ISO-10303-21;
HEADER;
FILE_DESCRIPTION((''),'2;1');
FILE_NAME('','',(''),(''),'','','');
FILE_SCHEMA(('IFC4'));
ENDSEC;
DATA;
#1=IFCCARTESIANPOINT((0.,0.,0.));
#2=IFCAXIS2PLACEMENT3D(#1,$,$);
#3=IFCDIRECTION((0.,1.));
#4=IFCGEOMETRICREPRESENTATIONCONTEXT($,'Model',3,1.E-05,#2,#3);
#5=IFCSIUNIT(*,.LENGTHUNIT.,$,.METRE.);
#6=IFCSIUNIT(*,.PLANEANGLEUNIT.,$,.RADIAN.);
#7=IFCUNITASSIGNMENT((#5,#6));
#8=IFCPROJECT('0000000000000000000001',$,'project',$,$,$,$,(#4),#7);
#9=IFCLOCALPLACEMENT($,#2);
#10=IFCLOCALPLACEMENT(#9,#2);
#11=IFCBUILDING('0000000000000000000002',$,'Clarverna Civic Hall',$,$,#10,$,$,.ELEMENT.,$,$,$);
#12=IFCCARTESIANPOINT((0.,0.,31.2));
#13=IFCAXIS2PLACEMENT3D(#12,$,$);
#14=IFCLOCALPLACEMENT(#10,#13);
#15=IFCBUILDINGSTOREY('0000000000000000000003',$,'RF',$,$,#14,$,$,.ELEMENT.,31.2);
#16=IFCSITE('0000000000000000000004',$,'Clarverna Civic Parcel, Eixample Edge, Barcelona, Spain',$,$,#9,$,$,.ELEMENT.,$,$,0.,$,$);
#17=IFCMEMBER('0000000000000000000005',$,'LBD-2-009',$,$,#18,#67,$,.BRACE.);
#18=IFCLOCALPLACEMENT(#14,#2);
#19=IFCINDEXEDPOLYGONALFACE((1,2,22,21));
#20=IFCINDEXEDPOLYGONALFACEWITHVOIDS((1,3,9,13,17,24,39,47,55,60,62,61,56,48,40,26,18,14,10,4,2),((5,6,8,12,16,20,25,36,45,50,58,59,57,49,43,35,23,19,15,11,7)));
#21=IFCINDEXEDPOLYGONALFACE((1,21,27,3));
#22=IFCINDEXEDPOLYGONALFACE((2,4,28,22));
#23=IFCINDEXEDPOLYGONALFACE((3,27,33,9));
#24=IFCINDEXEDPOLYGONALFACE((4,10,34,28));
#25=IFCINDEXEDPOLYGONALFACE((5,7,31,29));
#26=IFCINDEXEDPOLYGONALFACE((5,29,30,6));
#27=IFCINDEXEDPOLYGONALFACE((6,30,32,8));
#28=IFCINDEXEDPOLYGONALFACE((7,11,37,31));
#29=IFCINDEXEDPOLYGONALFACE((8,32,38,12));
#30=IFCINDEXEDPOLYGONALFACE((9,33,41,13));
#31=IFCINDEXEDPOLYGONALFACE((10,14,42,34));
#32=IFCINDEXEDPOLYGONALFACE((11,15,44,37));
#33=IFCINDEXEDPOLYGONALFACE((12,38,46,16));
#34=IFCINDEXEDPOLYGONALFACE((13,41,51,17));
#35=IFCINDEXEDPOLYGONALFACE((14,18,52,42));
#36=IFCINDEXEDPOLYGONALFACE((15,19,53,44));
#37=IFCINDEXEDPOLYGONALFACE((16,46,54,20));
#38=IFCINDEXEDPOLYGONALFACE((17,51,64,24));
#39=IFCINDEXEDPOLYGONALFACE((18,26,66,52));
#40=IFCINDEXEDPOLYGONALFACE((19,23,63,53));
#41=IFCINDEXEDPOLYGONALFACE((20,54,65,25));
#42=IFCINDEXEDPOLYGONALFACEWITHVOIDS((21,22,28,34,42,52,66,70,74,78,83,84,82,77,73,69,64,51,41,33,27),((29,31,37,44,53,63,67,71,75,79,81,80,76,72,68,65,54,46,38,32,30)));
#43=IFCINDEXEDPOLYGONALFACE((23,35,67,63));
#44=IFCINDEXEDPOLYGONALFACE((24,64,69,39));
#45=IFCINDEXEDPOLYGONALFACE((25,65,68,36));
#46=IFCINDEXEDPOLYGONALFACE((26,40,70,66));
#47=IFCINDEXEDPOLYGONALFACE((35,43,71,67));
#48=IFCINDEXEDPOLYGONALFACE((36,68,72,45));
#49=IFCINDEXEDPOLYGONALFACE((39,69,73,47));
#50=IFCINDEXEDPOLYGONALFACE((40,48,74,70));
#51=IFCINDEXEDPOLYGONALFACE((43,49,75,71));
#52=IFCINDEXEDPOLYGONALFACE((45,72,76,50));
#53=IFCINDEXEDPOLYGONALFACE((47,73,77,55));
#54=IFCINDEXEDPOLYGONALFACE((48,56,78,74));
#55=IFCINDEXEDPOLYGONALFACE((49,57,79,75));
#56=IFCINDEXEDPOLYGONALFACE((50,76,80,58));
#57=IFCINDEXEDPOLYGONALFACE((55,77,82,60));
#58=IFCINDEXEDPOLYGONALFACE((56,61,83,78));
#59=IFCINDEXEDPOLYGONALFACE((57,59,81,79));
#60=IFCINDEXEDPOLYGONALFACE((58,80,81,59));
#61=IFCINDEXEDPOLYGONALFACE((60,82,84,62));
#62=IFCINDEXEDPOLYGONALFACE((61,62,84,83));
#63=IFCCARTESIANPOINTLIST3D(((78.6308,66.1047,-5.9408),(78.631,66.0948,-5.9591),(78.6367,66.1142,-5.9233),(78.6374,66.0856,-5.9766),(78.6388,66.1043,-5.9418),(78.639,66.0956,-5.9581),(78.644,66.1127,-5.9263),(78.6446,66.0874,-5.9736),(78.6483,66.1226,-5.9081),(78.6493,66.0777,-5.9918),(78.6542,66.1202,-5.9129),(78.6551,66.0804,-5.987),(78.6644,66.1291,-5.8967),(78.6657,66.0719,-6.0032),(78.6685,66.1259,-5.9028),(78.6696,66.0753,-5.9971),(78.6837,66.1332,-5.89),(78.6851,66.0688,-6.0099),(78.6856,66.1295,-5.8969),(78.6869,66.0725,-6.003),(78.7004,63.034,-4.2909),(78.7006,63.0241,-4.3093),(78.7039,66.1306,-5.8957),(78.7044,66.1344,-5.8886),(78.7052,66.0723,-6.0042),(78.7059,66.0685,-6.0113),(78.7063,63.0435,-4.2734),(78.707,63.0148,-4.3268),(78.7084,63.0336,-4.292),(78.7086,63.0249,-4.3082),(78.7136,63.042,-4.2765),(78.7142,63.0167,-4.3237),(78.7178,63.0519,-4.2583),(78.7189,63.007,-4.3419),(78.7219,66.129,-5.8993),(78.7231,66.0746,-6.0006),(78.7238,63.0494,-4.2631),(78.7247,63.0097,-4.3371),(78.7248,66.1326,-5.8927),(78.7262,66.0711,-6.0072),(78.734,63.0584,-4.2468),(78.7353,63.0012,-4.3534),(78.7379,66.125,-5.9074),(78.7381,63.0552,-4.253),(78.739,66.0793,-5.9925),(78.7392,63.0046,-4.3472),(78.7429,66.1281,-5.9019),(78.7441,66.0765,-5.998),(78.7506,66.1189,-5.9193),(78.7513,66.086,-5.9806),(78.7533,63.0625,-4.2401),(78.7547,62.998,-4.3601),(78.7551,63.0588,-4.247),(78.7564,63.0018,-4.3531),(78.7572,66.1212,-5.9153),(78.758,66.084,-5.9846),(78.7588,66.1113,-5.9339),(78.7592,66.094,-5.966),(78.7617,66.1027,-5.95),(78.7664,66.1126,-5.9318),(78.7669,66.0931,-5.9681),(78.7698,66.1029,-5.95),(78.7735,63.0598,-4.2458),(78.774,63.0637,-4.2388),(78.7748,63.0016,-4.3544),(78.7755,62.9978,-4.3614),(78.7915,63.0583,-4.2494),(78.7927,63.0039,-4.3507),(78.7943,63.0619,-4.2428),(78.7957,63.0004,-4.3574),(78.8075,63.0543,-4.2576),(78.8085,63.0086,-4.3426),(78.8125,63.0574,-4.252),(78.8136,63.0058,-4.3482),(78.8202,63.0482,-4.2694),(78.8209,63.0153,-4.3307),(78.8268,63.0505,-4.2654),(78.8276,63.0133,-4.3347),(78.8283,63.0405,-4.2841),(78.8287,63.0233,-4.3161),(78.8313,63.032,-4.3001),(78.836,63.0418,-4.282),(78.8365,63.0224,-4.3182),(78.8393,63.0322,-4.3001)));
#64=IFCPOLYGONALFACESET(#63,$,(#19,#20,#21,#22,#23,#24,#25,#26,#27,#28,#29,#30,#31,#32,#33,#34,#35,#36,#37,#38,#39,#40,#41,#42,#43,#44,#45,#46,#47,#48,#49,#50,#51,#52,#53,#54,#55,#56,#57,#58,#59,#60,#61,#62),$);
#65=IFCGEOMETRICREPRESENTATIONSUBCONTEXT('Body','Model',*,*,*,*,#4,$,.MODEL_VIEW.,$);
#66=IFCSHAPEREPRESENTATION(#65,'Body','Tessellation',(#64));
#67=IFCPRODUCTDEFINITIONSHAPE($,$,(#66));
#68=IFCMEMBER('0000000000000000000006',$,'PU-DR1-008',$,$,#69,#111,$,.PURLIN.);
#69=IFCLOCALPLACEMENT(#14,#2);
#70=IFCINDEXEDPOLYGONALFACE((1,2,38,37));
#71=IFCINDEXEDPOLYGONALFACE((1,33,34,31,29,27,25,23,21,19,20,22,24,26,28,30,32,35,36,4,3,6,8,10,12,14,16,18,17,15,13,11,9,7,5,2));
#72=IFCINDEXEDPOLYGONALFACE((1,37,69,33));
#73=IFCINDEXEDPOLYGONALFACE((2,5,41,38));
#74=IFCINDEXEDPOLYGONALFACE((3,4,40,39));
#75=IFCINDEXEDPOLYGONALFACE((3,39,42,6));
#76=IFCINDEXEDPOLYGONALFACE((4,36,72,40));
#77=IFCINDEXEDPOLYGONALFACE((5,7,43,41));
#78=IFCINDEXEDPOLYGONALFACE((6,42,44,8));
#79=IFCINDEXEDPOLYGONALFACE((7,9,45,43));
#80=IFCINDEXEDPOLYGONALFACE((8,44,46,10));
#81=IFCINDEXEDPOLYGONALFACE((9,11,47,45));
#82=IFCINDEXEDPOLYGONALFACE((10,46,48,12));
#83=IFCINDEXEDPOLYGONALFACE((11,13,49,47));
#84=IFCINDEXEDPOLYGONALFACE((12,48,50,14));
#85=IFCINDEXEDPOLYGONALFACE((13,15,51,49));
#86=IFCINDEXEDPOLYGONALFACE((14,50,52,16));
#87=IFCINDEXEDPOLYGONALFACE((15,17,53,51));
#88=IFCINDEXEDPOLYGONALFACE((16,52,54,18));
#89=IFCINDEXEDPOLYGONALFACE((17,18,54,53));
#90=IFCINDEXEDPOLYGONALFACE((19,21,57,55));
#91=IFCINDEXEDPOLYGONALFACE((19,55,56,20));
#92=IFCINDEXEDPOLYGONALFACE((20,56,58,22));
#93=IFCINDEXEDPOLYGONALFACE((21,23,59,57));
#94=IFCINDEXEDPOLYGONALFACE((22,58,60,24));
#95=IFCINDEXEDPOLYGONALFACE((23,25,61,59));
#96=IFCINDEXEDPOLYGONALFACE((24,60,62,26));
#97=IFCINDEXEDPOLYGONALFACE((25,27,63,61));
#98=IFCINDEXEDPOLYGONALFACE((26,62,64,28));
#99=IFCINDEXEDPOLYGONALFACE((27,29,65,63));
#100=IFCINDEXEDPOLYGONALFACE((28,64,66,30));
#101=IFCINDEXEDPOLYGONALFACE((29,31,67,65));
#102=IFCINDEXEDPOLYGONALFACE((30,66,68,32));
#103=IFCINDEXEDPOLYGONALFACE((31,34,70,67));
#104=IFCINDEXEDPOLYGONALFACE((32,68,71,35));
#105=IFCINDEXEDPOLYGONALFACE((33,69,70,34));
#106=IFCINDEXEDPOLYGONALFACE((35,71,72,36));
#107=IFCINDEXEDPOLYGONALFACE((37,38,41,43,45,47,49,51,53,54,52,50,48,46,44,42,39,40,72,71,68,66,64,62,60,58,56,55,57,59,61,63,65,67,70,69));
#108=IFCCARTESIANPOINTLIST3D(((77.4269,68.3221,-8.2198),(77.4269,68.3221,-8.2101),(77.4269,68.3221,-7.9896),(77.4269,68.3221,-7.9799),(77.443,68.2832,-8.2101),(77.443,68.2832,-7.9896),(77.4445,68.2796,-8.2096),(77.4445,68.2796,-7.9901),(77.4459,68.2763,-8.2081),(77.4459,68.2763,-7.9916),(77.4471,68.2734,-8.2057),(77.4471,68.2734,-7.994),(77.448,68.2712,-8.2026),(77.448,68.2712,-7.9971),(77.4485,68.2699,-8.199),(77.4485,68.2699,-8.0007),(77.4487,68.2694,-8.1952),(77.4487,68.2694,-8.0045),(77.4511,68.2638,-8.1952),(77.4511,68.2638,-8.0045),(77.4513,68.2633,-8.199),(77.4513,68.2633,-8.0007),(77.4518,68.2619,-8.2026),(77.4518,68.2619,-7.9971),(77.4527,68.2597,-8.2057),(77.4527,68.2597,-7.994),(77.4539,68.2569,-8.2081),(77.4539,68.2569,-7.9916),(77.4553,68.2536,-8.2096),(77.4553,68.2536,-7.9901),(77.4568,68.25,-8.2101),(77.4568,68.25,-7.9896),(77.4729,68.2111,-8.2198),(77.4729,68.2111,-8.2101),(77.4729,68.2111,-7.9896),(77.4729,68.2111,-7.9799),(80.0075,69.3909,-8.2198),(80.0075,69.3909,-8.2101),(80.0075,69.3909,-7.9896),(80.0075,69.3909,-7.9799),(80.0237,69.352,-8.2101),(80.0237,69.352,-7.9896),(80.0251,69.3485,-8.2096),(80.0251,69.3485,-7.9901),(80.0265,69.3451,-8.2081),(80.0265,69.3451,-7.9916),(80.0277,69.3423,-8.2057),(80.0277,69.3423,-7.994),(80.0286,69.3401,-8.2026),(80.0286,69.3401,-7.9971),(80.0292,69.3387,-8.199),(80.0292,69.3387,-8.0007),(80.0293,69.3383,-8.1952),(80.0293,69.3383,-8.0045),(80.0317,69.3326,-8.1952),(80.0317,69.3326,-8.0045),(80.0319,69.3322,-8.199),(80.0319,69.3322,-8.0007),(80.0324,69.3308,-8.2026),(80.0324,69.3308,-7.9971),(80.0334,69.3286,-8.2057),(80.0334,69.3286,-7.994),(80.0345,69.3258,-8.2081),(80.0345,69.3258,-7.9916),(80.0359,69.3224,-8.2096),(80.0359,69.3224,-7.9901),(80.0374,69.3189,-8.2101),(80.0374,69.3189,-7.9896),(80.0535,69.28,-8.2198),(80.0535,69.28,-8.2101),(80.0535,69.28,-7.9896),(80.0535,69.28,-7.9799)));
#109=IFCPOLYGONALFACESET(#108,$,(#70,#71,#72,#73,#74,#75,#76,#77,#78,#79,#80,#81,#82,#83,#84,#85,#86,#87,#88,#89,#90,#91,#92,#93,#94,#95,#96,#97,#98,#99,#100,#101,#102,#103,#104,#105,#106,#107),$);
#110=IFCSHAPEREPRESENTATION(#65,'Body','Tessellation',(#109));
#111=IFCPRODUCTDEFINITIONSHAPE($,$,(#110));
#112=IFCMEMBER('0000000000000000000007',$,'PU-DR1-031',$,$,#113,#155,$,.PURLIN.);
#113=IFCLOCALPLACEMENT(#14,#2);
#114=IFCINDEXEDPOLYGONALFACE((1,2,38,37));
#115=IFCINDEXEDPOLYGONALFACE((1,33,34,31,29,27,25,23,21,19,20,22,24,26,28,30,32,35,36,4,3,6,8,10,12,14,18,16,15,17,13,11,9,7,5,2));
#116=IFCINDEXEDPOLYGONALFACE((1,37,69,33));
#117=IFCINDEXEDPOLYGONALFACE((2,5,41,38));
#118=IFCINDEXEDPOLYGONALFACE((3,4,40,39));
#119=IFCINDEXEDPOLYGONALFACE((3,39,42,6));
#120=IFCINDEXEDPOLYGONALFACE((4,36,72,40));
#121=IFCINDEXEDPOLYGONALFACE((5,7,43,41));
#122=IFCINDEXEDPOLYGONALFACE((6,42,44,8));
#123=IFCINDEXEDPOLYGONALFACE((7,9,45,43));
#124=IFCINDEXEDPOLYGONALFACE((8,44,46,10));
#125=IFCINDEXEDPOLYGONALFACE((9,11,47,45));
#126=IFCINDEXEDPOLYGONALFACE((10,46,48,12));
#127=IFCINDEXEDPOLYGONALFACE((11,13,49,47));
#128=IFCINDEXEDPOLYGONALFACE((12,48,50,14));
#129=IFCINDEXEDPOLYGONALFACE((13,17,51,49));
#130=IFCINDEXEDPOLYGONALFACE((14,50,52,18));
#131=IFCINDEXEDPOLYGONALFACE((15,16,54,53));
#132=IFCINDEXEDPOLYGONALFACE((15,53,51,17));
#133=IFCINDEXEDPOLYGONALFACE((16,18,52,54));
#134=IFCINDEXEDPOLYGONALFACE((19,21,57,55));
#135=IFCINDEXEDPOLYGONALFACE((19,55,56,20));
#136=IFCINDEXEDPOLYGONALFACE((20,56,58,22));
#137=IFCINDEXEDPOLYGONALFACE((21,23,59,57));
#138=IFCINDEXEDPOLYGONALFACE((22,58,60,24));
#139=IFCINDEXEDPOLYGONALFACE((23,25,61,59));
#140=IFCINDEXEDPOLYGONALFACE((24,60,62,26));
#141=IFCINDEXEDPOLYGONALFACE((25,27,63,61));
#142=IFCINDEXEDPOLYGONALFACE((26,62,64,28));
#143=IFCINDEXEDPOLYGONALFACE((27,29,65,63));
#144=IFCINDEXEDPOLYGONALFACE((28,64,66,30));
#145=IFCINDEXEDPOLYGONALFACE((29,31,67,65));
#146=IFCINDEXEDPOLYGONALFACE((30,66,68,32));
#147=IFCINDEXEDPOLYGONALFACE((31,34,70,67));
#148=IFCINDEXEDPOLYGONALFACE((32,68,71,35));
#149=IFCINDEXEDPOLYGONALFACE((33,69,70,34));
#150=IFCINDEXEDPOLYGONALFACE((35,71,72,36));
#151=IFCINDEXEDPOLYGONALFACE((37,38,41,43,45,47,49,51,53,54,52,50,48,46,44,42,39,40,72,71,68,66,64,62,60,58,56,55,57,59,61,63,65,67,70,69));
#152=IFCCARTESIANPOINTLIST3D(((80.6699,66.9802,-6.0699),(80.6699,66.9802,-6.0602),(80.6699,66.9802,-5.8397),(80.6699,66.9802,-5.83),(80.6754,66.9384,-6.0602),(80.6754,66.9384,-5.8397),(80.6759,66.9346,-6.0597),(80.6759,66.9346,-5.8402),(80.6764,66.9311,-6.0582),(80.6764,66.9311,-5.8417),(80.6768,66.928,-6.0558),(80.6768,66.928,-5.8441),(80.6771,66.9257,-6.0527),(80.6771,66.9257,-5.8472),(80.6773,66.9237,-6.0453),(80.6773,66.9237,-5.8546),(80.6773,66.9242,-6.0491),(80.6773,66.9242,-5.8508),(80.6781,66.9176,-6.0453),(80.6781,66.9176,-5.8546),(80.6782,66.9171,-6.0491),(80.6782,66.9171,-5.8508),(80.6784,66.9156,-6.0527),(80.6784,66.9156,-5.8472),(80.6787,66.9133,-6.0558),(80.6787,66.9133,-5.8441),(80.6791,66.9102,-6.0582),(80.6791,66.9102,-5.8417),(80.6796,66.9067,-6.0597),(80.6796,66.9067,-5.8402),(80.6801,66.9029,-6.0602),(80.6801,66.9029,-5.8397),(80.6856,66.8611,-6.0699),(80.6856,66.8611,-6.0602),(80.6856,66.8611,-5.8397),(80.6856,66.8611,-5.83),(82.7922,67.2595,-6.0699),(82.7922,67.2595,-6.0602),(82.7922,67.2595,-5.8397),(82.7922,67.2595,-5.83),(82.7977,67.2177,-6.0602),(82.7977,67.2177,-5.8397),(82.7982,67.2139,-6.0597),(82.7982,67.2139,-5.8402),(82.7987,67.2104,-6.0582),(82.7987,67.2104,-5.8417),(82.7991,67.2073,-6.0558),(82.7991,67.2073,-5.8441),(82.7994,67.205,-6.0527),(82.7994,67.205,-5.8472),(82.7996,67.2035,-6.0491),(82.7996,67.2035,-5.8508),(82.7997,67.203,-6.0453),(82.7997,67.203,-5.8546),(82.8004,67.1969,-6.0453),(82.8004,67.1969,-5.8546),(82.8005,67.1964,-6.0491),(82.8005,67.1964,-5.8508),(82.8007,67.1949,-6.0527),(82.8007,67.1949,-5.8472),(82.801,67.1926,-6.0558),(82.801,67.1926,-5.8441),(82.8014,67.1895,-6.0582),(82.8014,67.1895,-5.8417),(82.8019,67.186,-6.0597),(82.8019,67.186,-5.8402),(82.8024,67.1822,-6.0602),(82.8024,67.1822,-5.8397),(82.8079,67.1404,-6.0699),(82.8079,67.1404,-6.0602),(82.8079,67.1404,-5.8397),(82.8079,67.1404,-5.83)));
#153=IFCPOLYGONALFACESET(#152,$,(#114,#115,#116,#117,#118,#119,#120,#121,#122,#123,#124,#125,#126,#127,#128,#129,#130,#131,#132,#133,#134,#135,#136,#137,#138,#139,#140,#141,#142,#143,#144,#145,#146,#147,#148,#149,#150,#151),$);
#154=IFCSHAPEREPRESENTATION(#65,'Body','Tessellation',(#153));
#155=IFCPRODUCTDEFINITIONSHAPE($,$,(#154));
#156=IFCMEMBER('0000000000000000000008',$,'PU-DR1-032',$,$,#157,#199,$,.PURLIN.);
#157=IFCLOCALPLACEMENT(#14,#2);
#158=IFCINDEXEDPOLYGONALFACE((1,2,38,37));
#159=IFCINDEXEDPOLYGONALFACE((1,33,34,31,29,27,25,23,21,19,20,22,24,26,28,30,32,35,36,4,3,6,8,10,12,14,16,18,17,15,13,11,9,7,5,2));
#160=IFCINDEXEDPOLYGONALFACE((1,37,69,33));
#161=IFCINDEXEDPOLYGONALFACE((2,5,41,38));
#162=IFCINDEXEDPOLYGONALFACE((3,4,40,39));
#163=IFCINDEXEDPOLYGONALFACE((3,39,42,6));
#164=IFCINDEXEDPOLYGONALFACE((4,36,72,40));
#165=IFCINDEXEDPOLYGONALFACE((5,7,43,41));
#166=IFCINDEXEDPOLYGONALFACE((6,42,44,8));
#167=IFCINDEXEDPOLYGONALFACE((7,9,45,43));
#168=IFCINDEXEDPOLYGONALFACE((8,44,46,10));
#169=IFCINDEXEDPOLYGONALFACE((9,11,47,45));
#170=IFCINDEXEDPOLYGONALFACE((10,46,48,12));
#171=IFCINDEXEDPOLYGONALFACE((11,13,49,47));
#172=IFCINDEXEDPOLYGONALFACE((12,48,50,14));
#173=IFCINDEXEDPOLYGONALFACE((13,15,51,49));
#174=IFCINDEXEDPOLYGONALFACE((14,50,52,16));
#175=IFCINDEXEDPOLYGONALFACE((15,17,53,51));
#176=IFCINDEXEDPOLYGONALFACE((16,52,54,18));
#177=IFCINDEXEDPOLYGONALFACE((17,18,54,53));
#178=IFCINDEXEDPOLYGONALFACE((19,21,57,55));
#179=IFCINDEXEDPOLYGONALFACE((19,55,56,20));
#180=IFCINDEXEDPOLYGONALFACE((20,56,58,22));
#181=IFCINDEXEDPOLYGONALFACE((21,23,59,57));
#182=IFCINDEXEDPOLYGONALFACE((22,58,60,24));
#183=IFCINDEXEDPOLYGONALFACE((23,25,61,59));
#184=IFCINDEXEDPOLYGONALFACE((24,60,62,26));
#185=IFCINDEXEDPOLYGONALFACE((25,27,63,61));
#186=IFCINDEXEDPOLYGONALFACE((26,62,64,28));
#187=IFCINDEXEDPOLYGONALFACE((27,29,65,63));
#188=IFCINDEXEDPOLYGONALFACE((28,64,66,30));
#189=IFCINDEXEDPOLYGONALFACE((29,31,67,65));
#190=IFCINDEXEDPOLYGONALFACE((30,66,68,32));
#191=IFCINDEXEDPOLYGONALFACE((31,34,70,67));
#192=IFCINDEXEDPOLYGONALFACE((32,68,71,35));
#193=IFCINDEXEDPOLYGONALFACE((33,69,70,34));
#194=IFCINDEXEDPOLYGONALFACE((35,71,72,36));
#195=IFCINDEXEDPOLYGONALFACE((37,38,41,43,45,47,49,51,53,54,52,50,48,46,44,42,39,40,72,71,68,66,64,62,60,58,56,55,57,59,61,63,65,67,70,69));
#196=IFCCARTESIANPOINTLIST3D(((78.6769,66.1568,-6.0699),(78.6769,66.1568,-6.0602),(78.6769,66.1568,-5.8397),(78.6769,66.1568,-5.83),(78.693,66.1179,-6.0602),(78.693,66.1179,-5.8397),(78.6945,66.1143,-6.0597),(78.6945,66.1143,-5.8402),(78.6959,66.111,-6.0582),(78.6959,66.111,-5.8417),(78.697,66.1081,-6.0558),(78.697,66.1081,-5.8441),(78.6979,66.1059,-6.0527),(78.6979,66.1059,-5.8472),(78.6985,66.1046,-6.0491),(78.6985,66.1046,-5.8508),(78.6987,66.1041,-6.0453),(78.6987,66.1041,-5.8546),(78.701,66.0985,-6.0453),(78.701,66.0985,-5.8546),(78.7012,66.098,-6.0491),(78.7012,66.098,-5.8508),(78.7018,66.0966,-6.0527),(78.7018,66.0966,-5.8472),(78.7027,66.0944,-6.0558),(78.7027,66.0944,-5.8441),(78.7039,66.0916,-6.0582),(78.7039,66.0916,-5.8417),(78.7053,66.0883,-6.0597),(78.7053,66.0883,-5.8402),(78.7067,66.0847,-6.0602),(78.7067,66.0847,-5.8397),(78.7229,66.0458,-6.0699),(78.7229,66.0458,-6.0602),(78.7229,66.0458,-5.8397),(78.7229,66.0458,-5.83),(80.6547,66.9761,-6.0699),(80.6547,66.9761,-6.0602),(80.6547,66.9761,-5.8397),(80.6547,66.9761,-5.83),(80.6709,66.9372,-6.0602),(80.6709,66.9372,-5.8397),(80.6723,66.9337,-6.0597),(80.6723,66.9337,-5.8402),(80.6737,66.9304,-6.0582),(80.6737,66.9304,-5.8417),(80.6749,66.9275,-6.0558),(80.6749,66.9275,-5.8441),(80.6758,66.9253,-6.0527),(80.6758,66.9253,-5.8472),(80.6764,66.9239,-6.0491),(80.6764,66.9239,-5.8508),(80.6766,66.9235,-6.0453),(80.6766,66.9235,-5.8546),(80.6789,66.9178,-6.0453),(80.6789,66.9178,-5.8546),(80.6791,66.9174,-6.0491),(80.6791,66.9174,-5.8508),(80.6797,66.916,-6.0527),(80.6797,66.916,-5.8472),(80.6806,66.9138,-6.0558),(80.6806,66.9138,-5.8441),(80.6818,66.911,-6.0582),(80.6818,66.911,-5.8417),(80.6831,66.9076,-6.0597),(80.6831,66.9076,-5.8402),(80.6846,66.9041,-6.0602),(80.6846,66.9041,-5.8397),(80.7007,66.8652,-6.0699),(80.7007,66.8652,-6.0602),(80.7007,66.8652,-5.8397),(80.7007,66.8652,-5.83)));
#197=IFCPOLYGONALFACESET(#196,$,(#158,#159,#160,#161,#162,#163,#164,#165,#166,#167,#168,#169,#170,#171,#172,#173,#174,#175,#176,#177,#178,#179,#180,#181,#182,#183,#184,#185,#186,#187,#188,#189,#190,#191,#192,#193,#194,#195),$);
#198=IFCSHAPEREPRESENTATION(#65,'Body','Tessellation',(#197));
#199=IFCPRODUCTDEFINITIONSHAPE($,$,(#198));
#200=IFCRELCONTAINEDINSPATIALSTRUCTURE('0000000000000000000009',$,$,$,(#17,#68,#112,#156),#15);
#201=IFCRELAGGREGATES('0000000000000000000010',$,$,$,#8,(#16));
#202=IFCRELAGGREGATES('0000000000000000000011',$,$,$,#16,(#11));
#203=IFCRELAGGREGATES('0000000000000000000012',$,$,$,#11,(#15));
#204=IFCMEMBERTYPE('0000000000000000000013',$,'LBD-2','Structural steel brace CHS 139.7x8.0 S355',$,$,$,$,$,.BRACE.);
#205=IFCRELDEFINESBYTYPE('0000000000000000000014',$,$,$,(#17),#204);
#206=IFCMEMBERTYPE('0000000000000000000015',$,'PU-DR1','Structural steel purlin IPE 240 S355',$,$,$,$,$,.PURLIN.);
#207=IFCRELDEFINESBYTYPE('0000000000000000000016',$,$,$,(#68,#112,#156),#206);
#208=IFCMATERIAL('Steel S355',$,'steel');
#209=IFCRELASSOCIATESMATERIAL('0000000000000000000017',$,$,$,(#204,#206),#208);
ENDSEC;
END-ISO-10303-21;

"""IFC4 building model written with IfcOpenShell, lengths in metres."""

from ifc_helpers import new_model, si_unit, direction, frame, origin, origin_2d, place, context, subcontext, project, spatial, hollow_circle, i_section, extrude, material, material_profile, profile_set, type_object, element, save


model = new_model("IFC4")

# Units and contexts
model_context = context("Model", 3, precision=1e-05, world=origin(), true_north=direction((0.0, 1.0)))
body_context = subcontext(model_context, "Body", "Model", "MODEL_VIEW")
ifc_project = project(units=[si_unit("LENGTHUNIT", "METRE"), si_unit("PLANEANGLEUNIT", "RADIAN")], contexts=[model_context])

# Site, building, storey
site_placement = place(None, origin())
site = spatial("IfcSite", under=ifc_project, at=site_placement, Name="Clarverna Civic Parcel, Eixample Edge, Barcelona, Spain", CompositionType="ELEMENT", RefElevation=0.0)
building_placement = place(site_placement, origin())
building = spatial("IfcBuilding", under=site, at=building_placement, Name="Clarverna Civic Hall", CompositionType="ELEMENT")
storey_placement = place(building_placement, frame((0.0, 0.0, 31.2)))
storey = spatial("IfcBuildingStorey", under=building, at=storey_placement, Name="RF", CompositionType="ELEMENT", Elevation=31.2)

# Members
ifc_material_1 = material(Name="Steel S355", Category="steel")
ifc_material_profile_1 = material_profile(ifc_material_1, hollow_circle(Radius=0.0698, WallThickness=0.0081, at=origin_2d()), Name="CHS 139.7x8.0")
ifc_profile_set_1 = profile_set([ifc_material_profile_1], Name="Steel S355")
member_type_1 = type_object("IfcMemberType", Name="LBD-2", Description="Structural steel brace CHS 139.7x8.0 S355", PredefinedType="BRACE", material=ifc_profile_set_1)
member_1_placement = place(storey_placement, frame((78.7, 66.1013, -5.95), z_axis=(0.019956, -0.880727, 0.473204), x_axis=(0.999743, 0.022653, 0.0)))
element("IfcMember", 1, at=member_1_placement, inside=storey, type_object=member_type_1, Name="LBD-2-009", PredefinedType="BRACE", context=body_context, shape_type="SweptSolid", body=[
    extrude(hollow_circle(Radius=0.0698, WallThickness=0.0081, at=origin_2d()), origin(), (0.0, 0.0, 1.0), 3.4866),
])
ifc_material_profile_2 = material_profile(ifc_material_1, i_section(OverallWidth=0.1201, OverallDepth=0.24, WebThickness=0.0061, FlangeThickness=0.0098, FilletRadius=0.0149, at=origin_2d()), Name="IPE 240")
ifc_profile_set_2 = profile_set([ifc_material_profile_2], Name="Steel S355")
member_type_2 = type_object("IfcMemberType", Name="PU-DR1", Description="Structural steel purlin IPE 240 S355", PredefinedType="PURLIN", material=ifc_profile_set_2)
member_2_placement = place(storey_placement, frame((80.0305, 69.3354, -8.0999), z_axis=(-0.923887, -0.382666, 0.0), x_axis=(0.382666, -0.923887, 0.0)))
element("IfcMember", 2, at=member_2_placement, inside=storey, type_object=member_type_2, Name="PU-DR1-008", PredefinedType="PURLIN", context=body_context, shape_type="SweptSolid", body=[
    extrude(i_section(OverallWidth=0.1201, OverallDepth=0.24, WebThickness=0.0061, FlangeThickness=0.0098, FilletRadius=0.0149, at=origin_2d()), origin(), (0.0, 0.0, 1.0), 2.7932),
])
member_3_placement = place(storey_placement, frame((82.8, 67.2, -5.95), z_axis=(-0.991452, -0.130475, 0.0), x_axis=(0.130475, -0.991452, 0.0)))
element("IfcMember", 3, at=member_3_placement, inside=storey, type_object=member_type_2, Name="PU-DR1-031", PredefinedType="PURLIN", context=body_context, shape_type="SweptSolid", body=[
    extrude(i_section(OverallWidth=0.1201, OverallDepth=0.24, WebThickness=0.0061, FlangeThickness=0.0098, FilletRadius=0.0149, at=origin_2d()), origin(), (0.0, 0.0, 1.0), 2.1406),
])
member_4_placement = place(storey_placement, frame((80.6777, 66.9207, -5.95), z_axis=(-0.923861, -0.382728, 0.0), x_axis=(0.382728, -0.923861, 0.0)))
element("IfcMember", 4, at=member_4_placement, inside=storey, type_object=member_type_2, Name="PU-DR1-032", PredefinedType="PURLIN", context=body_context, shape_type="SweptSolid", body=[
    extrude(i_section(OverallWidth=0.1201, OverallDepth=0.24, WebThickness=0.0061, FlangeThickness=0.0098, FilletRadius=0.0149, at=origin_2d()), origin(), (0.0, 0.0, 1.0), 2.1409),
])

save(model, "model.ifc")
